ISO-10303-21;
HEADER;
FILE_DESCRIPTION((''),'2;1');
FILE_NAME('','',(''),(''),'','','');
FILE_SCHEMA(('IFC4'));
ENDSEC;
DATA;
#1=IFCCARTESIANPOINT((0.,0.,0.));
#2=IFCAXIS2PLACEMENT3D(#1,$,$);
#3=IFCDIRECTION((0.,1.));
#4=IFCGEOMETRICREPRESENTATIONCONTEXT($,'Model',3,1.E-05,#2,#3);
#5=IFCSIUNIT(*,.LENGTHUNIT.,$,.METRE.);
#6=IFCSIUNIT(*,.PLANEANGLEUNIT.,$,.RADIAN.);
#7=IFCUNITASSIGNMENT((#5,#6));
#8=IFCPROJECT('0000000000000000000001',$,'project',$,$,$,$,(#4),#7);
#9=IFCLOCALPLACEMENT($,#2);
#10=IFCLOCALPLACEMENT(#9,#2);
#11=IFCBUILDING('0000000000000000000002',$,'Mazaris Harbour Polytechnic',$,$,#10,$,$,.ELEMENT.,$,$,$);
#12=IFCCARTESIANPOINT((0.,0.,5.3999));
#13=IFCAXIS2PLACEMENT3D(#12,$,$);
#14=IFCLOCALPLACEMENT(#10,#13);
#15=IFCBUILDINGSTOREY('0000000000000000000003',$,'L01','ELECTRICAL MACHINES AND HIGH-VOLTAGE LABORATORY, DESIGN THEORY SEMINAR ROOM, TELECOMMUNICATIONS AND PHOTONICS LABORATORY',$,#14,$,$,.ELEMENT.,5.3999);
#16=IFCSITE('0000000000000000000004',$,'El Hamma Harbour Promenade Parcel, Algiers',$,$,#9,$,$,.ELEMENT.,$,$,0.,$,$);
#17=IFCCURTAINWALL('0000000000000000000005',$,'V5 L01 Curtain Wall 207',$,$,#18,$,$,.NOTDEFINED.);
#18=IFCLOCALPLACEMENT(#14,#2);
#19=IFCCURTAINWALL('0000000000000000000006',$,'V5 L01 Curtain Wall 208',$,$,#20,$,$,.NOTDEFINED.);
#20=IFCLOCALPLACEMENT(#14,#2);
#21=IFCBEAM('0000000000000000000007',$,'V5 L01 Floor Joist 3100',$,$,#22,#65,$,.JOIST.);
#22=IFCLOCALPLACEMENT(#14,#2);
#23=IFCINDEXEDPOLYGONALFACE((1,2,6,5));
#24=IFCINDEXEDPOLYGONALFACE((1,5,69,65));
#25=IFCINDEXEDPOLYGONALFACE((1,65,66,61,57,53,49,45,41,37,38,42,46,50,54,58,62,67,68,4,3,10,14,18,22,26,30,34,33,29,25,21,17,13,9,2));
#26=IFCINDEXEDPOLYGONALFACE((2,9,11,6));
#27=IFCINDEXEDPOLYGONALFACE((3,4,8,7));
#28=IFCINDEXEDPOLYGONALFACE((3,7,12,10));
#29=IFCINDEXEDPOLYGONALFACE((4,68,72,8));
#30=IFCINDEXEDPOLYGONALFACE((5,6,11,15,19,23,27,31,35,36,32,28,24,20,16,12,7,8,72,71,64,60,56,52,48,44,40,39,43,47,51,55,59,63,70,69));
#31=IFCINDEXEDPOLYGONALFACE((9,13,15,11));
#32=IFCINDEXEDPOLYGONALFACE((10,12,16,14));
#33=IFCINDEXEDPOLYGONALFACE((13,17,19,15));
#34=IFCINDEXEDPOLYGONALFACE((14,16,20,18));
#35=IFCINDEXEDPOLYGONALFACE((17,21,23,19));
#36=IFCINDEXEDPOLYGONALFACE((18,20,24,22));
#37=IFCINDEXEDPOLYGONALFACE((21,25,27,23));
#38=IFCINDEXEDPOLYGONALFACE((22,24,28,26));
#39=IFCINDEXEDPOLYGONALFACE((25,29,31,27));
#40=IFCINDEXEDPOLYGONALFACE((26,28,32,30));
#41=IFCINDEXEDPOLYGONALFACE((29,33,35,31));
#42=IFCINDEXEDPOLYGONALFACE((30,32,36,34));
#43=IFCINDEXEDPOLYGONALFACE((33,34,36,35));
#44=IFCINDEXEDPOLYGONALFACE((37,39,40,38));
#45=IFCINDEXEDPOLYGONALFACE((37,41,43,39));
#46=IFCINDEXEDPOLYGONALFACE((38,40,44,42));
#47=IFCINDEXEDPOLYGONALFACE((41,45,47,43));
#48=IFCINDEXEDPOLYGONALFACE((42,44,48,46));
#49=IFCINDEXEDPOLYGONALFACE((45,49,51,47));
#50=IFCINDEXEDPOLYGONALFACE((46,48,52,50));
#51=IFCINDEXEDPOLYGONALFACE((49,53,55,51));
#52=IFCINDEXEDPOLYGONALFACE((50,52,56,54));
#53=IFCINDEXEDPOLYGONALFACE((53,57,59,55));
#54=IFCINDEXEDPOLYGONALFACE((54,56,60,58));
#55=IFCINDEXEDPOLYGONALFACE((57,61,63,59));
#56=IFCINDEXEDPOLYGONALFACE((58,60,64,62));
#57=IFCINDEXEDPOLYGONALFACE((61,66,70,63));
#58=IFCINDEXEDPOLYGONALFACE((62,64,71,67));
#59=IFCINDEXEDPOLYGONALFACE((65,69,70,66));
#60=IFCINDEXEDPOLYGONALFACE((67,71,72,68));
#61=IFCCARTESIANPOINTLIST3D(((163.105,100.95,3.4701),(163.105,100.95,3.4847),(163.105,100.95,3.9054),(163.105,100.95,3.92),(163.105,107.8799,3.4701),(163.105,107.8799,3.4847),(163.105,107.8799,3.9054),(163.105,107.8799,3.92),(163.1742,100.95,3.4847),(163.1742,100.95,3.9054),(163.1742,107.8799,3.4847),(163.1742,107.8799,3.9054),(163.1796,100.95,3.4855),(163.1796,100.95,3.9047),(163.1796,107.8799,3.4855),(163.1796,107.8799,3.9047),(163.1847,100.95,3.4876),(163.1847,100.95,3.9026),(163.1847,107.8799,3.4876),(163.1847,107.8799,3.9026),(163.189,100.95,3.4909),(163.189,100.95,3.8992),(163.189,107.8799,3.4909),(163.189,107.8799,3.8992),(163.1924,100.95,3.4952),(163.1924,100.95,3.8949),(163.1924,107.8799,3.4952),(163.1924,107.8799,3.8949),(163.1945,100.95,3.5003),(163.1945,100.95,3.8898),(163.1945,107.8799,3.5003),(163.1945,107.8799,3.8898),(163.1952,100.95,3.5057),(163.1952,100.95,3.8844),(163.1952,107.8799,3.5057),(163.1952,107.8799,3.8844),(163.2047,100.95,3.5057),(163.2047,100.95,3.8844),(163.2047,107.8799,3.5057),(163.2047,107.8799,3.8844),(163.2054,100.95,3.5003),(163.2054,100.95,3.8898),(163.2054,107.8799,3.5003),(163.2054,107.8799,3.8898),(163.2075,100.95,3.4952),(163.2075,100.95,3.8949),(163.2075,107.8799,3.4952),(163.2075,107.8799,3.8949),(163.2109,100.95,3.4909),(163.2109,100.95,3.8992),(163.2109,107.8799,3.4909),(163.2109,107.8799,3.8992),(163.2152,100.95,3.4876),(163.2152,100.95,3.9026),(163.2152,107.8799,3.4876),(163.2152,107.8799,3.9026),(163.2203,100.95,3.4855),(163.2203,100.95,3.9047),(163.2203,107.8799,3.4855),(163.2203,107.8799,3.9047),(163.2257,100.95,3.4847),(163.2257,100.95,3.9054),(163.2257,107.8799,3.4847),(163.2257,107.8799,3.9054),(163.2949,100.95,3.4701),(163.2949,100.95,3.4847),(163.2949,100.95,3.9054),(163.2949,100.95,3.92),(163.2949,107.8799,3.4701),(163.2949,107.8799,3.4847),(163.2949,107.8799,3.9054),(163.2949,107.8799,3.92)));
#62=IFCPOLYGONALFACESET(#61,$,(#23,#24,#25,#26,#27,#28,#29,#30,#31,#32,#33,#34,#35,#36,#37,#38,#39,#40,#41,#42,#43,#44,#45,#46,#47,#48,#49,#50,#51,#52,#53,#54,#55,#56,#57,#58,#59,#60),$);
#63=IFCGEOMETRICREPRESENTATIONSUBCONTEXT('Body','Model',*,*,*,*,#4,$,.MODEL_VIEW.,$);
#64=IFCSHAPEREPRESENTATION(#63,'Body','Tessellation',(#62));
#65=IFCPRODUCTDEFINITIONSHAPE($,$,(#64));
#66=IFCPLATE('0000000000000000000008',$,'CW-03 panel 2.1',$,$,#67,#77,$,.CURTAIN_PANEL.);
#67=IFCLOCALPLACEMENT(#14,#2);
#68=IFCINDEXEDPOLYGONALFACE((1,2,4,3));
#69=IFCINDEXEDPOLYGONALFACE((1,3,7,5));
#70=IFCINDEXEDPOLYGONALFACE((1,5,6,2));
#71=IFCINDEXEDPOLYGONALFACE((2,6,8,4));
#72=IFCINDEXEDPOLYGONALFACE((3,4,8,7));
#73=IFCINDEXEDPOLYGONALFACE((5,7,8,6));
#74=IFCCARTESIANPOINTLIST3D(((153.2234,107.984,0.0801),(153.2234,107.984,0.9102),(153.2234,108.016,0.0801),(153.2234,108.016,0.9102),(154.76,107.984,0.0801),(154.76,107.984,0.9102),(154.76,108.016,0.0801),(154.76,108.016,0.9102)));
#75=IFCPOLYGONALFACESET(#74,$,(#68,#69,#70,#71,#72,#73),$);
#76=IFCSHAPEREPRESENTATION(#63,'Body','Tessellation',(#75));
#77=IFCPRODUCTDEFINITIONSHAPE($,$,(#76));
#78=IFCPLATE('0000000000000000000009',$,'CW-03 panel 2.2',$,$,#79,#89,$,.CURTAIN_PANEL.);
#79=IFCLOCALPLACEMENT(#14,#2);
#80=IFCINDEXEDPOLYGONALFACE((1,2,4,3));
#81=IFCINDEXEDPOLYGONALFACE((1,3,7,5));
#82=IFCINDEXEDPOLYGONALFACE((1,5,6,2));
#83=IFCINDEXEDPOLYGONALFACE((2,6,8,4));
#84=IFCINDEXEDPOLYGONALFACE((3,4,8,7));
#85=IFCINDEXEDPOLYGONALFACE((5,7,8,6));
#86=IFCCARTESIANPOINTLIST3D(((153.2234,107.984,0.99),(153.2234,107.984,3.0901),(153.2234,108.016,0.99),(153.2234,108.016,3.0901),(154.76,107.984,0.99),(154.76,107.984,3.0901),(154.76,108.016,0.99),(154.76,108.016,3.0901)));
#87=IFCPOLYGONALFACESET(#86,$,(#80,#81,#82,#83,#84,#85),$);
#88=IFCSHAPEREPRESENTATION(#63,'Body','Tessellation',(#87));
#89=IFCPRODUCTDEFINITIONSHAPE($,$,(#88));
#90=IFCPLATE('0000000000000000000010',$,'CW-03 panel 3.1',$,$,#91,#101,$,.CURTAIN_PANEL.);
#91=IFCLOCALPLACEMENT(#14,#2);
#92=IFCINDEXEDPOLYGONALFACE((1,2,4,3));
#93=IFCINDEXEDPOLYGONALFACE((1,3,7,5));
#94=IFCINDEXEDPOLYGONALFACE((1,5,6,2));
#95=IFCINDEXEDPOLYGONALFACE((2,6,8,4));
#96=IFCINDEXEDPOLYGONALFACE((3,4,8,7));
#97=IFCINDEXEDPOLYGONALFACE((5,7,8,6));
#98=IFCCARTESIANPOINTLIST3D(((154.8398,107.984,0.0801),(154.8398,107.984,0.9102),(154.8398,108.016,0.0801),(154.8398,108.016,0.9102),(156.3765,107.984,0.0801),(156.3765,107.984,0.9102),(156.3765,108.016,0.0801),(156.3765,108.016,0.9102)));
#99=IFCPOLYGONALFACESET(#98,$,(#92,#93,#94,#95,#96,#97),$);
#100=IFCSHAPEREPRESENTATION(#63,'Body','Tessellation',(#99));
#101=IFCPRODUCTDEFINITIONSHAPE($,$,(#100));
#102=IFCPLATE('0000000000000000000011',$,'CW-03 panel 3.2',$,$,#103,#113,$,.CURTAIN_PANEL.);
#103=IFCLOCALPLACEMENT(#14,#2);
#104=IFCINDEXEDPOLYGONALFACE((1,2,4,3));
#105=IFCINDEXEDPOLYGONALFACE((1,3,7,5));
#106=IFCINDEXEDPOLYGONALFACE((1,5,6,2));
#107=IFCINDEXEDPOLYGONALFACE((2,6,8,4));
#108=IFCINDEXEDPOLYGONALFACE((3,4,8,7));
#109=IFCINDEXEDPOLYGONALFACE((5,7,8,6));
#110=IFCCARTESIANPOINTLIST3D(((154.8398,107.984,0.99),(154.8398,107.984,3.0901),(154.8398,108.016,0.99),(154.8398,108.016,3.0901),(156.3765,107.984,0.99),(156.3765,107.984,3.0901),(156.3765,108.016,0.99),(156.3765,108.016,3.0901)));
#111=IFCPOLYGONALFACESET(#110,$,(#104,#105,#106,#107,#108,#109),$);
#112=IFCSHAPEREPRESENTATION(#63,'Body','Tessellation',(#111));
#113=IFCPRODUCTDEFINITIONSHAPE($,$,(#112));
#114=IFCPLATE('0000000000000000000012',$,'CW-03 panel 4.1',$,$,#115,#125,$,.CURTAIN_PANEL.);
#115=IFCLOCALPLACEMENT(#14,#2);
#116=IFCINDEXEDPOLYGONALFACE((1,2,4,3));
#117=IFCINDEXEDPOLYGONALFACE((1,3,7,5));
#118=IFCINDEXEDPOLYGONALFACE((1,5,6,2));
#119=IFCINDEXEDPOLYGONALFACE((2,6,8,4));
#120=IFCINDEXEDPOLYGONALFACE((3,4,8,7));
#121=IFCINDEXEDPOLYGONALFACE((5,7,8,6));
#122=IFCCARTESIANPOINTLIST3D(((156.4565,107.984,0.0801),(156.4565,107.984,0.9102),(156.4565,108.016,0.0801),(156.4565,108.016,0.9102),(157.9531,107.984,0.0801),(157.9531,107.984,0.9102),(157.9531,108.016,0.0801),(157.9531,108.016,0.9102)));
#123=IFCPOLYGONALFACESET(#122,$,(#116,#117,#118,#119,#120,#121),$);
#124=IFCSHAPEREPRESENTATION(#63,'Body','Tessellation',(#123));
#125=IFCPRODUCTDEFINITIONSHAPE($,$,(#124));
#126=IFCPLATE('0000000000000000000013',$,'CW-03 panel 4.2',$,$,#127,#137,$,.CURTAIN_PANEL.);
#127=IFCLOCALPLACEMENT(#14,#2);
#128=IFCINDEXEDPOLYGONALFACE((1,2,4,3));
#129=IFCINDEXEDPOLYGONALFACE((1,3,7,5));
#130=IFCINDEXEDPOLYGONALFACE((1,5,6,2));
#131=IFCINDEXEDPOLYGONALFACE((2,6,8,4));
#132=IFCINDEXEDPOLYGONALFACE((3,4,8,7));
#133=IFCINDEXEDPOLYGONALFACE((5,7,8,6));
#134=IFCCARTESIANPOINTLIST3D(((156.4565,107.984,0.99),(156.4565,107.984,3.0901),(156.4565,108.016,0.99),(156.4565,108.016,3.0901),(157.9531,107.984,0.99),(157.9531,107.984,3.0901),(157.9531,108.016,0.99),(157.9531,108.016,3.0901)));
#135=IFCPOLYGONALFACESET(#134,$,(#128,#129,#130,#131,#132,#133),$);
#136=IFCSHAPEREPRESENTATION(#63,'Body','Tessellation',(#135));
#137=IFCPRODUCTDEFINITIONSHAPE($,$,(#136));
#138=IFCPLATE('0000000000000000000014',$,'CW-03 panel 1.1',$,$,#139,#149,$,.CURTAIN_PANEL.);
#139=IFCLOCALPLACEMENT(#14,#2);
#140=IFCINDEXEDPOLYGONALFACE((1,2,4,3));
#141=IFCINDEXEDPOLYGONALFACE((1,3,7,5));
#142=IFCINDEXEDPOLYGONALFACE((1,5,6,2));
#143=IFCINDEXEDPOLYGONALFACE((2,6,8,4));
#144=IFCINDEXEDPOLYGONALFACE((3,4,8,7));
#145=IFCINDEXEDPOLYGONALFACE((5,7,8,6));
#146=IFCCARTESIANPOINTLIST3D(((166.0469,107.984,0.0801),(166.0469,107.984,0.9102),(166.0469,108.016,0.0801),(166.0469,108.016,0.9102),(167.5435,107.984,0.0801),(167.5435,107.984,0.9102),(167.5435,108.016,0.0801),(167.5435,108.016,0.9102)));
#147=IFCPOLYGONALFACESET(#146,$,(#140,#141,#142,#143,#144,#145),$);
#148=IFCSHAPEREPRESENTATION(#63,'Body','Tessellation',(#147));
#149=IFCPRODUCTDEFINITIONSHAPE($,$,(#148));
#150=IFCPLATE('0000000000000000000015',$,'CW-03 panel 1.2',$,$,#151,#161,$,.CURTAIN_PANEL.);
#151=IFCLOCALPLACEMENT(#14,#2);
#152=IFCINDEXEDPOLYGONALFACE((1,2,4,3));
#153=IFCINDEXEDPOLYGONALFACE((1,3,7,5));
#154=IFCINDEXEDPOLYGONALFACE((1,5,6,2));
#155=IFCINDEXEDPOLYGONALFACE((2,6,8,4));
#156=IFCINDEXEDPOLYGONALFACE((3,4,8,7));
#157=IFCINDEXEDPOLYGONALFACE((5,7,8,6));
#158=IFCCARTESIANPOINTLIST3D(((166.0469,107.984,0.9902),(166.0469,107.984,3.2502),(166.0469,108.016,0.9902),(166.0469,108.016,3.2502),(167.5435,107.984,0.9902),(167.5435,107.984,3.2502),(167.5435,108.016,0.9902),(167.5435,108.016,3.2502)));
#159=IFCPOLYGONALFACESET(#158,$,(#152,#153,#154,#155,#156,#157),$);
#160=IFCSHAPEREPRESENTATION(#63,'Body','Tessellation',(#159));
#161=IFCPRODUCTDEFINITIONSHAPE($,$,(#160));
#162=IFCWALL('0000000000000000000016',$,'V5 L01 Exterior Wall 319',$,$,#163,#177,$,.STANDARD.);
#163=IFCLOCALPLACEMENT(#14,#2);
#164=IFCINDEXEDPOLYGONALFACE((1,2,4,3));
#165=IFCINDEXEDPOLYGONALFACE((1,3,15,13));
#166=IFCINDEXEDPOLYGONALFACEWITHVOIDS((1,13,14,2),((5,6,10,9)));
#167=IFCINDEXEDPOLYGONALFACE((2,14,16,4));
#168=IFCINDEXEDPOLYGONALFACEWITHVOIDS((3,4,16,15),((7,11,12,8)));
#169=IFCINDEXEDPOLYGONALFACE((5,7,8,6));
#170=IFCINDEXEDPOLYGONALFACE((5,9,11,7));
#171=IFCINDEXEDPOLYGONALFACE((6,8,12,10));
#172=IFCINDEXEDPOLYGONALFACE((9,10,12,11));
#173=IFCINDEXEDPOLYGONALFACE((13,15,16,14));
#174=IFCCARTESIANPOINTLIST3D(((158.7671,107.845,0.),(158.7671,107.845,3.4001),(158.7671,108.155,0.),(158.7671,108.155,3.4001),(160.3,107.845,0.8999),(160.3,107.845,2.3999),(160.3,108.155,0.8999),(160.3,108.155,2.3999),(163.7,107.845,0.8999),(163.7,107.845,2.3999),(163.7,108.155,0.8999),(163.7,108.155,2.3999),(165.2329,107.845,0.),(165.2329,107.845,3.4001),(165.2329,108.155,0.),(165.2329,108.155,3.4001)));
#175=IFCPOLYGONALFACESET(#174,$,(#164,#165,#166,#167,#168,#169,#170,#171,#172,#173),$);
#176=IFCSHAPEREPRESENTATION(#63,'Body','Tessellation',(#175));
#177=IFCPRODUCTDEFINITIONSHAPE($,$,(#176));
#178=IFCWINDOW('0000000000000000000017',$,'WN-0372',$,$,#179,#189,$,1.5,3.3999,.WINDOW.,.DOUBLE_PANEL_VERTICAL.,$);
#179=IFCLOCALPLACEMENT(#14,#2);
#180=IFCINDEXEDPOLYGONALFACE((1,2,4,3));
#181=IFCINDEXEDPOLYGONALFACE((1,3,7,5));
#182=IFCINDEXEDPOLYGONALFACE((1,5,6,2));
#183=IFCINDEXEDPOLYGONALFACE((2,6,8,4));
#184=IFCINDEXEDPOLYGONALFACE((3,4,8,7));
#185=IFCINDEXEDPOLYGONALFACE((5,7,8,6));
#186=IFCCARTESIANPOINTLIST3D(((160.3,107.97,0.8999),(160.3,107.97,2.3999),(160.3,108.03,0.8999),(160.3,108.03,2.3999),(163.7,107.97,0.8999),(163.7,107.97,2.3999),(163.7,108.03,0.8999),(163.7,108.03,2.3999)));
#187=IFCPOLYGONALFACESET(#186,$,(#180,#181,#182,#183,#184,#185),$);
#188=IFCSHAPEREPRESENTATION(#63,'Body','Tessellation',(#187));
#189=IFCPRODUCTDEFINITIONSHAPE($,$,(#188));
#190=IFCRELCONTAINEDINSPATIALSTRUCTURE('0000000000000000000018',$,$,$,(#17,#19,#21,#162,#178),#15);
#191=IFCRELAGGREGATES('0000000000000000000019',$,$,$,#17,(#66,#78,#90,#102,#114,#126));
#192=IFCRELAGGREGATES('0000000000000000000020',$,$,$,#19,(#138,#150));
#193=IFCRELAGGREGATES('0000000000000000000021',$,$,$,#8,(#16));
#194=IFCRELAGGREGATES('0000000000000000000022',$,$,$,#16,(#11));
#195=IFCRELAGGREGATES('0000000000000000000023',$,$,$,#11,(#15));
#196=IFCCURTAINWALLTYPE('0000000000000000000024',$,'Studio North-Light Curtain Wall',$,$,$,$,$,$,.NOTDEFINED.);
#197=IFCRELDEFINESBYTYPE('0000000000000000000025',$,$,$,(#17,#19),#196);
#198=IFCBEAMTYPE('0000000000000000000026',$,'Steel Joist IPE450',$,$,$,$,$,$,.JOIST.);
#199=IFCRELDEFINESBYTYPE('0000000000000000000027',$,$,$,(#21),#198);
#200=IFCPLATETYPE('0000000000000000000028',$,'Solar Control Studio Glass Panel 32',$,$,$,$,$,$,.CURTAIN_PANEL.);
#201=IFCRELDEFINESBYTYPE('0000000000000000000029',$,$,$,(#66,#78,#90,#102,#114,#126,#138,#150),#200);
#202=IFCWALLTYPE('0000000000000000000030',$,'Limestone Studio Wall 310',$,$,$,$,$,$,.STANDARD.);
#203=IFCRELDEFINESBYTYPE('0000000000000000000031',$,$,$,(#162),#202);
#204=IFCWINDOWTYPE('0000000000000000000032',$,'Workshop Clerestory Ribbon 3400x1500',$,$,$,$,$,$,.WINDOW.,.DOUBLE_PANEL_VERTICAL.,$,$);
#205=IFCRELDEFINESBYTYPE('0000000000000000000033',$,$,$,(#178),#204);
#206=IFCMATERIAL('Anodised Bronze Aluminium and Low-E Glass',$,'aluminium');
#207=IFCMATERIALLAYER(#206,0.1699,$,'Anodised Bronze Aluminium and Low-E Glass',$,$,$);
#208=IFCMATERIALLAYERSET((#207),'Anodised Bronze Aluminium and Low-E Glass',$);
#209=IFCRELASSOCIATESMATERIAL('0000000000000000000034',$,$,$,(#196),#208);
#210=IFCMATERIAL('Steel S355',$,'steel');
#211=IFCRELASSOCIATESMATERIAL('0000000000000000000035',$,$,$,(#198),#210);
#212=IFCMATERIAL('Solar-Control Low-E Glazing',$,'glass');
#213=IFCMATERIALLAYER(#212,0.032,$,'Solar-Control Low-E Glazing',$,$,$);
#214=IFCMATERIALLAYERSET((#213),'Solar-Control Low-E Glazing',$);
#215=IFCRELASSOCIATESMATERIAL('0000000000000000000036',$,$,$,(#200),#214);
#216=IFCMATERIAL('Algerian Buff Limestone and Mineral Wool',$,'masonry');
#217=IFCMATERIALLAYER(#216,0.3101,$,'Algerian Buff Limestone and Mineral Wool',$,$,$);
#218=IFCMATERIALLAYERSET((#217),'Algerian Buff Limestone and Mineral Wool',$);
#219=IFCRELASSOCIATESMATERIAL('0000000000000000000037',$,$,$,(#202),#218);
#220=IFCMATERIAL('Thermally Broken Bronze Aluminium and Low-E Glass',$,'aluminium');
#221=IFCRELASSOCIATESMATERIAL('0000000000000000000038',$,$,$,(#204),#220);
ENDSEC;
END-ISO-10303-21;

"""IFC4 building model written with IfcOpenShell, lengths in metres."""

from ifc_helpers import new_model, si_unit, direction, frame, frame_2d, origin, origin_2d, place, context, subcontext, project, spatial, rectangle, i_section, extrude, material, layer, layer_set, material_profile, profile_set, type_object, element, fill, aggregate, save


model = new_model("IFC4")

# Units and contexts
model_context = context("Model", 3, precision=1e-05, world=origin(), true_north=direction((0.0, 1.0)))
body_context = subcontext(model_context, "Body", "Model", "MODEL_VIEW")
ifc_project = project(units=[si_unit("LENGTHUNIT", "METRE"), si_unit("PLANEANGLEUNIT", "RADIAN")], contexts=[model_context])

# Site, building, storey
site_placement = place(None, origin())
site = spatial("IfcSite", under=ifc_project, at=site_placement, Name="El Hamma Harbour Promenade Parcel, Algiers", CompositionType="ELEMENT", RefElevation=0.0)
building_placement = place(site_placement, origin())
building = spatial("IfcBuilding", under=site, at=building_placement, Name="Mazaris Harbour Polytechnic", CompositionType="ELEMENT")
storey_placement = place(building_placement, frame((0.0, 0.0, 5.3999)))
storey = spatial("IfcBuildingStorey", under=building, at=storey_placement, Name="L01", Description="ELECTRICAL MACHINES AND HIGH-VOLTAGE LABORATORY, DESIGN THEORY SEMINAR ROOM, TELECOMMUNICATIONS AND PHOTONICS LABORATORY", CompositionType="ELEMENT", Elevation=5.3999)

# Curtain wall
ifc_material_1 = material(Name="Anodised Bronze Aluminium and Low-E Glass", Category="aluminium")
ifc_layer_1 = layer(ifc_material_1, 0.1699, Name="Anodised Bronze Aluminium and Low-E Glass")
ifc_layer_set_1 = layer_set([ifc_layer_1], Name="Anodised Bronze Aluminium and Low-E Glass")
curtain_wall_type = type_object("IfcCurtainWallType", Name="Studio North-Light Curtain Wall", PredefinedType="NOTDEFINED", material=ifc_layer_set_1)
curtain_wall_1_placement = place(storey_placement, origin())
curtain_wall_1 = element("IfcCurtainWall", 1, at=curtain_wall_1_placement, inside=storey, type_object=curtain_wall_type, Name="V5 L01 Curtain Wall 207", PredefinedType="NOTDEFINED")

# Curtain wall
curtain_wall_2_placement = place(storey_placement, origin())
curtain_wall_2 = element("IfcCurtainWall", 2, at=curtain_wall_2_placement, inside=storey, type_object=curtain_wall_type, Name="V5 L01 Curtain Wall 208", PredefinedType="NOTDEFINED")

# Beam
ifc_material_2 = material(Name="Steel S355", Category="steel")
ifc_material_profile_1 = material_profile(ifc_material_2, i_section(OverallWidth=0.1899, OverallDepth=0.45, WebThickness=0.0095, FlangeThickness=0.0146, FilletRadius=0.021, at=origin_2d()), Name="IPE 450")
ifc_profile_set_1 = profile_set([ifc_material_profile_1], Name="Steel S355")
beam_type_1 = type_object("IfcBeamType", Name="Steel Joist IPE450", PredefinedType="JOIST", material=ifc_profile_set_1)
beam_1_placement = place(storey_placement, frame((163.2, 100.95, 3.6951), z_axis=(0.0, 1.0, 0.0), x_axis=(-1.0, 0.0, 0.0)))
element("IfcBeam", 3, at=beam_1_placement, inside=storey, type_object=beam_type_1, Name="V5 L01 Floor Joist 3100", PredefinedType="JOIST", context=body_context, shape_type="SweptSolid", body=[
    extrude(i_section(OverallWidth=0.1899, OverallDepth=0.45, WebThickness=0.0095, FlangeThickness=0.0146, FilletRadius=0.021, at=origin_2d()), origin(), (0.0, 0.0, 1.0), 6.9299),
])

# Plates
ifc_material_3 = material(Name="Solar-Control Low-E Glazing", Category="glass")
ifc_layer_2 = layer(ifc_material_3, 0.032, Name="Solar-Control Low-E Glazing")
ifc_layer_set_2 = layer_set([ifc_layer_2], Name="Solar-Control Low-E Glazing")
plate_type = type_object("IfcPlateType", Name="Solar Control Studio Glass Panel 32", PredefinedType="CURTAIN_PANEL", material=ifc_layer_set_2)
plate_1_placement = place(storey_placement, frame((153.9917, 108.0, 0.0801), z_axis=(0.0, 0.0, 1.0), x_axis=(1.0, 0.0, 0.0)))
plate_1 = element("IfcPlate", 4, at=plate_1_placement, type_object=plate_type, Name="CW-03 panel 2.1", PredefinedType="CURTAIN_PANEL", context=body_context, shape_type="SweptSolid", body=[
    extrude(rectangle(XDim=1.5366, YDim=0.032, at=origin_2d()), origin(), (0.0, 0.0, 1.0), 0.8301),
])
plate_2_placement = place(storey_placement, frame((153.9917, 108.0, 0.99), z_axis=(0.0, 0.0, 1.0), x_axis=(1.0, 0.0, 0.0)))
plate_2 = element("IfcPlate", 5, at=plate_2_placement, type_object=plate_type, Name="CW-03 panel 2.2", PredefinedType="CURTAIN_PANEL", context=body_context, shape_type="SweptSolid", body=[
    extrude(rectangle(XDim=1.5366, YDim=0.032, at=origin_2d()), origin(), (0.0, 0.0, 1.0), 2.1001),
])
plate_3_placement = place(storey_placement, frame((155.6082, 108.0, 0.0801), z_axis=(0.0, 0.0, 1.0), x_axis=(1.0, 0.0, 0.0)))
plate_3 = element("IfcPlate", 6, at=plate_3_placement, type_object=plate_type, Name="CW-03 panel 3.1", PredefinedType="CURTAIN_PANEL", context=body_context, shape_type="SweptSolid", body=[
    extrude(rectangle(XDim=1.5366, YDim=0.032, at=origin_2d()), origin(), (0.0, 0.0, 1.0), 0.8301),
])
plate_4_placement = place(storey_placement, frame((155.6082, 108.0, 0.99), z_axis=(0.0, 0.0, 1.0), x_axis=(1.0, 0.0, 0.0)))
plate_4 = element("IfcPlate", 7, at=plate_4_placement, type_object=plate_type, Name="CW-03 panel 3.2", PredefinedType="CURTAIN_PANEL", context=body_context, shape_type="SweptSolid", body=[
    extrude(rectangle(XDim=1.5366, YDim=0.032, at=origin_2d()), origin(), (0.0, 0.0, 1.0), 2.1001),
])
plate_5_placement = place(storey_placement, frame((157.2048, 108.0, 0.0801), z_axis=(0.0, 0.0, 1.0), x_axis=(1.0, 0.0, 0.0)))
plate_5 = element("IfcPlate", 8, at=plate_5_placement, type_object=plate_type, Name="CW-03 panel 4.1", PredefinedType="CURTAIN_PANEL", context=body_context, shape_type="SweptSolid", body=[
    extrude(rectangle(XDim=1.4966, YDim=0.032, at=origin_2d()), origin(), (0.0, 0.0, 1.0), 0.8301),
])
plate_6_placement = place(storey_placement, frame((157.2048, 108.0, 0.99), z_axis=(0.0, 0.0, 1.0), x_axis=(1.0, 0.0, 0.0)))
plate_6 = element("IfcPlate", 9, at=plate_6_placement, type_object=plate_type, Name="CW-03 panel 4.2", PredefinedType="CURTAIN_PANEL", context=body_context, shape_type="SweptSolid", body=[
    extrude(rectangle(XDim=1.4966, YDim=0.032, at=origin_2d()), origin(), (0.0, 0.0, 1.0), 2.1001),
])
aggregate(curtain_wall_1, [plate_1, plate_2, plate_3, plate_4, plate_5, plate_6])
plate_7_placement = place(storey_placement, frame((166.7952, 108.0, 0.0801), z_axis=(0.0, 0.0, 1.0), x_axis=(1.0, 0.0, 0.0)))
plate_7 = element("IfcPlate", 10, at=plate_7_placement, type_object=plate_type, Name="CW-03 panel 1.1", PredefinedType="CURTAIN_PANEL", context=body_context, shape_type="SweptSolid", body=[
    extrude(rectangle(XDim=1.4966, YDim=0.032, at=origin_2d()), origin(), (0.0, 0.0, 1.0), 0.8301),
])
plate_8_placement = place(storey_placement, frame((166.7952, 108.0, 0.9902), z_axis=(0.0, 0.0, 1.0), x_axis=(1.0, 0.0, 0.0)))
plate_8 = element("IfcPlate", 11, at=plate_8_placement, type_object=plate_type, Name="CW-03 panel 1.2", PredefinedType="CURTAIN_PANEL", context=body_context, shape_type="SweptSolid", body=[
    extrude(rectangle(XDim=1.4966, YDim=0.032, at=origin_2d()), origin(), (0.0, 0.0, 1.0), 2.26),
])
aggregate(curtain_wall_2, [plate_7, plate_8])

# Wall, opening, window
ifc_material_4 = material(Name="Algerian Buff Limestone and Mineral Wool", Category="masonry")
ifc_layer_3 = layer(ifc_material_4, 0.3101, Name="Algerian Buff Limestone and Mineral Wool")
ifc_layer_set_3 = layer_set([ifc_layer_3], Name="Algerian Buff Limestone and Mineral Wool")
wall_type = type_object("IfcWallType", Name="Limestone Studio Wall 310", PredefinedType="STANDARD", material=ifc_layer_set_3)
wall_placement = place(storey_placement, frame((158.7671, 108.0, 0.0), z_axis=(0.0, 0.0, 1.0), x_axis=(1.0, 0.0, 0.0)))
wall = element("IfcWall", 12, at=wall_placement, inside=storey, type_object=wall_type, Name="V5 L01 Exterior Wall 319", PredefinedType="STANDARD", context=body_context, shape_type="SweptSolid", body=[
    extrude(rectangle(XDim=6.4658, YDim=0.3101, at=frame_2d((3.2329, 0.0))), origin(), (0.0, 0.0, 1.0), 3.4001),
])
opening_placement = place(wall_placement, frame((1.533, 0.0, 0.8999)))
opening = element("IfcOpeningElement", 13, at=opening_placement, cuts=wall, PredefinedType="OPENING", context=body_context, shape_type="SweptSolid", body=[
    extrude(rectangle(XDim=3.3999, YDim=1.5, at=frame_2d((1.7, 0.75))), frame((0.0, 0.165, 0.0), z_axis=(0.0, -1.0, 0.0), x_axis=(1.0, 0.0, 0.0)), (0.0, 0.0, 1.0), 0.3301),
])
ifc_material_5 = material(Name="Thermally Broken Bronze Aluminium and Low-E Glass", Category="aluminium")
window_type = type_object("IfcWindowType", Name="Workshop Clerestory Ribbon 3400x1500", PartitioningType="DOUBLE_PANEL_VERTICAL", PredefinedType="WINDOW", material=ifc_material_5)
window_placement = place(opening_placement, origin())
window = element("IfcWindow", 14, at=window_placement, inside=storey, type_object=window_type, Name="WN-0372", OverallHeight=1.5, OverallWidth=3.3999, PartitioningType="DOUBLE_PANEL_VERTICAL", PredefinedType="WINDOW", context=body_context, shape_type="SweptSolid", body=[
    extrude(rectangle(XDim=3.3999, YDim=1.5, at=frame_2d((1.7, 0.75))), frame((0.0, 0.03, 0.0), z_axis=(0.0, -1.0, 0.0), x_axis=(1.0, 0.0, 0.0)), (0.0, 0.0, 1.0), 0.0601),
])
fill(opening, window)

save(model, "model.ifc")
